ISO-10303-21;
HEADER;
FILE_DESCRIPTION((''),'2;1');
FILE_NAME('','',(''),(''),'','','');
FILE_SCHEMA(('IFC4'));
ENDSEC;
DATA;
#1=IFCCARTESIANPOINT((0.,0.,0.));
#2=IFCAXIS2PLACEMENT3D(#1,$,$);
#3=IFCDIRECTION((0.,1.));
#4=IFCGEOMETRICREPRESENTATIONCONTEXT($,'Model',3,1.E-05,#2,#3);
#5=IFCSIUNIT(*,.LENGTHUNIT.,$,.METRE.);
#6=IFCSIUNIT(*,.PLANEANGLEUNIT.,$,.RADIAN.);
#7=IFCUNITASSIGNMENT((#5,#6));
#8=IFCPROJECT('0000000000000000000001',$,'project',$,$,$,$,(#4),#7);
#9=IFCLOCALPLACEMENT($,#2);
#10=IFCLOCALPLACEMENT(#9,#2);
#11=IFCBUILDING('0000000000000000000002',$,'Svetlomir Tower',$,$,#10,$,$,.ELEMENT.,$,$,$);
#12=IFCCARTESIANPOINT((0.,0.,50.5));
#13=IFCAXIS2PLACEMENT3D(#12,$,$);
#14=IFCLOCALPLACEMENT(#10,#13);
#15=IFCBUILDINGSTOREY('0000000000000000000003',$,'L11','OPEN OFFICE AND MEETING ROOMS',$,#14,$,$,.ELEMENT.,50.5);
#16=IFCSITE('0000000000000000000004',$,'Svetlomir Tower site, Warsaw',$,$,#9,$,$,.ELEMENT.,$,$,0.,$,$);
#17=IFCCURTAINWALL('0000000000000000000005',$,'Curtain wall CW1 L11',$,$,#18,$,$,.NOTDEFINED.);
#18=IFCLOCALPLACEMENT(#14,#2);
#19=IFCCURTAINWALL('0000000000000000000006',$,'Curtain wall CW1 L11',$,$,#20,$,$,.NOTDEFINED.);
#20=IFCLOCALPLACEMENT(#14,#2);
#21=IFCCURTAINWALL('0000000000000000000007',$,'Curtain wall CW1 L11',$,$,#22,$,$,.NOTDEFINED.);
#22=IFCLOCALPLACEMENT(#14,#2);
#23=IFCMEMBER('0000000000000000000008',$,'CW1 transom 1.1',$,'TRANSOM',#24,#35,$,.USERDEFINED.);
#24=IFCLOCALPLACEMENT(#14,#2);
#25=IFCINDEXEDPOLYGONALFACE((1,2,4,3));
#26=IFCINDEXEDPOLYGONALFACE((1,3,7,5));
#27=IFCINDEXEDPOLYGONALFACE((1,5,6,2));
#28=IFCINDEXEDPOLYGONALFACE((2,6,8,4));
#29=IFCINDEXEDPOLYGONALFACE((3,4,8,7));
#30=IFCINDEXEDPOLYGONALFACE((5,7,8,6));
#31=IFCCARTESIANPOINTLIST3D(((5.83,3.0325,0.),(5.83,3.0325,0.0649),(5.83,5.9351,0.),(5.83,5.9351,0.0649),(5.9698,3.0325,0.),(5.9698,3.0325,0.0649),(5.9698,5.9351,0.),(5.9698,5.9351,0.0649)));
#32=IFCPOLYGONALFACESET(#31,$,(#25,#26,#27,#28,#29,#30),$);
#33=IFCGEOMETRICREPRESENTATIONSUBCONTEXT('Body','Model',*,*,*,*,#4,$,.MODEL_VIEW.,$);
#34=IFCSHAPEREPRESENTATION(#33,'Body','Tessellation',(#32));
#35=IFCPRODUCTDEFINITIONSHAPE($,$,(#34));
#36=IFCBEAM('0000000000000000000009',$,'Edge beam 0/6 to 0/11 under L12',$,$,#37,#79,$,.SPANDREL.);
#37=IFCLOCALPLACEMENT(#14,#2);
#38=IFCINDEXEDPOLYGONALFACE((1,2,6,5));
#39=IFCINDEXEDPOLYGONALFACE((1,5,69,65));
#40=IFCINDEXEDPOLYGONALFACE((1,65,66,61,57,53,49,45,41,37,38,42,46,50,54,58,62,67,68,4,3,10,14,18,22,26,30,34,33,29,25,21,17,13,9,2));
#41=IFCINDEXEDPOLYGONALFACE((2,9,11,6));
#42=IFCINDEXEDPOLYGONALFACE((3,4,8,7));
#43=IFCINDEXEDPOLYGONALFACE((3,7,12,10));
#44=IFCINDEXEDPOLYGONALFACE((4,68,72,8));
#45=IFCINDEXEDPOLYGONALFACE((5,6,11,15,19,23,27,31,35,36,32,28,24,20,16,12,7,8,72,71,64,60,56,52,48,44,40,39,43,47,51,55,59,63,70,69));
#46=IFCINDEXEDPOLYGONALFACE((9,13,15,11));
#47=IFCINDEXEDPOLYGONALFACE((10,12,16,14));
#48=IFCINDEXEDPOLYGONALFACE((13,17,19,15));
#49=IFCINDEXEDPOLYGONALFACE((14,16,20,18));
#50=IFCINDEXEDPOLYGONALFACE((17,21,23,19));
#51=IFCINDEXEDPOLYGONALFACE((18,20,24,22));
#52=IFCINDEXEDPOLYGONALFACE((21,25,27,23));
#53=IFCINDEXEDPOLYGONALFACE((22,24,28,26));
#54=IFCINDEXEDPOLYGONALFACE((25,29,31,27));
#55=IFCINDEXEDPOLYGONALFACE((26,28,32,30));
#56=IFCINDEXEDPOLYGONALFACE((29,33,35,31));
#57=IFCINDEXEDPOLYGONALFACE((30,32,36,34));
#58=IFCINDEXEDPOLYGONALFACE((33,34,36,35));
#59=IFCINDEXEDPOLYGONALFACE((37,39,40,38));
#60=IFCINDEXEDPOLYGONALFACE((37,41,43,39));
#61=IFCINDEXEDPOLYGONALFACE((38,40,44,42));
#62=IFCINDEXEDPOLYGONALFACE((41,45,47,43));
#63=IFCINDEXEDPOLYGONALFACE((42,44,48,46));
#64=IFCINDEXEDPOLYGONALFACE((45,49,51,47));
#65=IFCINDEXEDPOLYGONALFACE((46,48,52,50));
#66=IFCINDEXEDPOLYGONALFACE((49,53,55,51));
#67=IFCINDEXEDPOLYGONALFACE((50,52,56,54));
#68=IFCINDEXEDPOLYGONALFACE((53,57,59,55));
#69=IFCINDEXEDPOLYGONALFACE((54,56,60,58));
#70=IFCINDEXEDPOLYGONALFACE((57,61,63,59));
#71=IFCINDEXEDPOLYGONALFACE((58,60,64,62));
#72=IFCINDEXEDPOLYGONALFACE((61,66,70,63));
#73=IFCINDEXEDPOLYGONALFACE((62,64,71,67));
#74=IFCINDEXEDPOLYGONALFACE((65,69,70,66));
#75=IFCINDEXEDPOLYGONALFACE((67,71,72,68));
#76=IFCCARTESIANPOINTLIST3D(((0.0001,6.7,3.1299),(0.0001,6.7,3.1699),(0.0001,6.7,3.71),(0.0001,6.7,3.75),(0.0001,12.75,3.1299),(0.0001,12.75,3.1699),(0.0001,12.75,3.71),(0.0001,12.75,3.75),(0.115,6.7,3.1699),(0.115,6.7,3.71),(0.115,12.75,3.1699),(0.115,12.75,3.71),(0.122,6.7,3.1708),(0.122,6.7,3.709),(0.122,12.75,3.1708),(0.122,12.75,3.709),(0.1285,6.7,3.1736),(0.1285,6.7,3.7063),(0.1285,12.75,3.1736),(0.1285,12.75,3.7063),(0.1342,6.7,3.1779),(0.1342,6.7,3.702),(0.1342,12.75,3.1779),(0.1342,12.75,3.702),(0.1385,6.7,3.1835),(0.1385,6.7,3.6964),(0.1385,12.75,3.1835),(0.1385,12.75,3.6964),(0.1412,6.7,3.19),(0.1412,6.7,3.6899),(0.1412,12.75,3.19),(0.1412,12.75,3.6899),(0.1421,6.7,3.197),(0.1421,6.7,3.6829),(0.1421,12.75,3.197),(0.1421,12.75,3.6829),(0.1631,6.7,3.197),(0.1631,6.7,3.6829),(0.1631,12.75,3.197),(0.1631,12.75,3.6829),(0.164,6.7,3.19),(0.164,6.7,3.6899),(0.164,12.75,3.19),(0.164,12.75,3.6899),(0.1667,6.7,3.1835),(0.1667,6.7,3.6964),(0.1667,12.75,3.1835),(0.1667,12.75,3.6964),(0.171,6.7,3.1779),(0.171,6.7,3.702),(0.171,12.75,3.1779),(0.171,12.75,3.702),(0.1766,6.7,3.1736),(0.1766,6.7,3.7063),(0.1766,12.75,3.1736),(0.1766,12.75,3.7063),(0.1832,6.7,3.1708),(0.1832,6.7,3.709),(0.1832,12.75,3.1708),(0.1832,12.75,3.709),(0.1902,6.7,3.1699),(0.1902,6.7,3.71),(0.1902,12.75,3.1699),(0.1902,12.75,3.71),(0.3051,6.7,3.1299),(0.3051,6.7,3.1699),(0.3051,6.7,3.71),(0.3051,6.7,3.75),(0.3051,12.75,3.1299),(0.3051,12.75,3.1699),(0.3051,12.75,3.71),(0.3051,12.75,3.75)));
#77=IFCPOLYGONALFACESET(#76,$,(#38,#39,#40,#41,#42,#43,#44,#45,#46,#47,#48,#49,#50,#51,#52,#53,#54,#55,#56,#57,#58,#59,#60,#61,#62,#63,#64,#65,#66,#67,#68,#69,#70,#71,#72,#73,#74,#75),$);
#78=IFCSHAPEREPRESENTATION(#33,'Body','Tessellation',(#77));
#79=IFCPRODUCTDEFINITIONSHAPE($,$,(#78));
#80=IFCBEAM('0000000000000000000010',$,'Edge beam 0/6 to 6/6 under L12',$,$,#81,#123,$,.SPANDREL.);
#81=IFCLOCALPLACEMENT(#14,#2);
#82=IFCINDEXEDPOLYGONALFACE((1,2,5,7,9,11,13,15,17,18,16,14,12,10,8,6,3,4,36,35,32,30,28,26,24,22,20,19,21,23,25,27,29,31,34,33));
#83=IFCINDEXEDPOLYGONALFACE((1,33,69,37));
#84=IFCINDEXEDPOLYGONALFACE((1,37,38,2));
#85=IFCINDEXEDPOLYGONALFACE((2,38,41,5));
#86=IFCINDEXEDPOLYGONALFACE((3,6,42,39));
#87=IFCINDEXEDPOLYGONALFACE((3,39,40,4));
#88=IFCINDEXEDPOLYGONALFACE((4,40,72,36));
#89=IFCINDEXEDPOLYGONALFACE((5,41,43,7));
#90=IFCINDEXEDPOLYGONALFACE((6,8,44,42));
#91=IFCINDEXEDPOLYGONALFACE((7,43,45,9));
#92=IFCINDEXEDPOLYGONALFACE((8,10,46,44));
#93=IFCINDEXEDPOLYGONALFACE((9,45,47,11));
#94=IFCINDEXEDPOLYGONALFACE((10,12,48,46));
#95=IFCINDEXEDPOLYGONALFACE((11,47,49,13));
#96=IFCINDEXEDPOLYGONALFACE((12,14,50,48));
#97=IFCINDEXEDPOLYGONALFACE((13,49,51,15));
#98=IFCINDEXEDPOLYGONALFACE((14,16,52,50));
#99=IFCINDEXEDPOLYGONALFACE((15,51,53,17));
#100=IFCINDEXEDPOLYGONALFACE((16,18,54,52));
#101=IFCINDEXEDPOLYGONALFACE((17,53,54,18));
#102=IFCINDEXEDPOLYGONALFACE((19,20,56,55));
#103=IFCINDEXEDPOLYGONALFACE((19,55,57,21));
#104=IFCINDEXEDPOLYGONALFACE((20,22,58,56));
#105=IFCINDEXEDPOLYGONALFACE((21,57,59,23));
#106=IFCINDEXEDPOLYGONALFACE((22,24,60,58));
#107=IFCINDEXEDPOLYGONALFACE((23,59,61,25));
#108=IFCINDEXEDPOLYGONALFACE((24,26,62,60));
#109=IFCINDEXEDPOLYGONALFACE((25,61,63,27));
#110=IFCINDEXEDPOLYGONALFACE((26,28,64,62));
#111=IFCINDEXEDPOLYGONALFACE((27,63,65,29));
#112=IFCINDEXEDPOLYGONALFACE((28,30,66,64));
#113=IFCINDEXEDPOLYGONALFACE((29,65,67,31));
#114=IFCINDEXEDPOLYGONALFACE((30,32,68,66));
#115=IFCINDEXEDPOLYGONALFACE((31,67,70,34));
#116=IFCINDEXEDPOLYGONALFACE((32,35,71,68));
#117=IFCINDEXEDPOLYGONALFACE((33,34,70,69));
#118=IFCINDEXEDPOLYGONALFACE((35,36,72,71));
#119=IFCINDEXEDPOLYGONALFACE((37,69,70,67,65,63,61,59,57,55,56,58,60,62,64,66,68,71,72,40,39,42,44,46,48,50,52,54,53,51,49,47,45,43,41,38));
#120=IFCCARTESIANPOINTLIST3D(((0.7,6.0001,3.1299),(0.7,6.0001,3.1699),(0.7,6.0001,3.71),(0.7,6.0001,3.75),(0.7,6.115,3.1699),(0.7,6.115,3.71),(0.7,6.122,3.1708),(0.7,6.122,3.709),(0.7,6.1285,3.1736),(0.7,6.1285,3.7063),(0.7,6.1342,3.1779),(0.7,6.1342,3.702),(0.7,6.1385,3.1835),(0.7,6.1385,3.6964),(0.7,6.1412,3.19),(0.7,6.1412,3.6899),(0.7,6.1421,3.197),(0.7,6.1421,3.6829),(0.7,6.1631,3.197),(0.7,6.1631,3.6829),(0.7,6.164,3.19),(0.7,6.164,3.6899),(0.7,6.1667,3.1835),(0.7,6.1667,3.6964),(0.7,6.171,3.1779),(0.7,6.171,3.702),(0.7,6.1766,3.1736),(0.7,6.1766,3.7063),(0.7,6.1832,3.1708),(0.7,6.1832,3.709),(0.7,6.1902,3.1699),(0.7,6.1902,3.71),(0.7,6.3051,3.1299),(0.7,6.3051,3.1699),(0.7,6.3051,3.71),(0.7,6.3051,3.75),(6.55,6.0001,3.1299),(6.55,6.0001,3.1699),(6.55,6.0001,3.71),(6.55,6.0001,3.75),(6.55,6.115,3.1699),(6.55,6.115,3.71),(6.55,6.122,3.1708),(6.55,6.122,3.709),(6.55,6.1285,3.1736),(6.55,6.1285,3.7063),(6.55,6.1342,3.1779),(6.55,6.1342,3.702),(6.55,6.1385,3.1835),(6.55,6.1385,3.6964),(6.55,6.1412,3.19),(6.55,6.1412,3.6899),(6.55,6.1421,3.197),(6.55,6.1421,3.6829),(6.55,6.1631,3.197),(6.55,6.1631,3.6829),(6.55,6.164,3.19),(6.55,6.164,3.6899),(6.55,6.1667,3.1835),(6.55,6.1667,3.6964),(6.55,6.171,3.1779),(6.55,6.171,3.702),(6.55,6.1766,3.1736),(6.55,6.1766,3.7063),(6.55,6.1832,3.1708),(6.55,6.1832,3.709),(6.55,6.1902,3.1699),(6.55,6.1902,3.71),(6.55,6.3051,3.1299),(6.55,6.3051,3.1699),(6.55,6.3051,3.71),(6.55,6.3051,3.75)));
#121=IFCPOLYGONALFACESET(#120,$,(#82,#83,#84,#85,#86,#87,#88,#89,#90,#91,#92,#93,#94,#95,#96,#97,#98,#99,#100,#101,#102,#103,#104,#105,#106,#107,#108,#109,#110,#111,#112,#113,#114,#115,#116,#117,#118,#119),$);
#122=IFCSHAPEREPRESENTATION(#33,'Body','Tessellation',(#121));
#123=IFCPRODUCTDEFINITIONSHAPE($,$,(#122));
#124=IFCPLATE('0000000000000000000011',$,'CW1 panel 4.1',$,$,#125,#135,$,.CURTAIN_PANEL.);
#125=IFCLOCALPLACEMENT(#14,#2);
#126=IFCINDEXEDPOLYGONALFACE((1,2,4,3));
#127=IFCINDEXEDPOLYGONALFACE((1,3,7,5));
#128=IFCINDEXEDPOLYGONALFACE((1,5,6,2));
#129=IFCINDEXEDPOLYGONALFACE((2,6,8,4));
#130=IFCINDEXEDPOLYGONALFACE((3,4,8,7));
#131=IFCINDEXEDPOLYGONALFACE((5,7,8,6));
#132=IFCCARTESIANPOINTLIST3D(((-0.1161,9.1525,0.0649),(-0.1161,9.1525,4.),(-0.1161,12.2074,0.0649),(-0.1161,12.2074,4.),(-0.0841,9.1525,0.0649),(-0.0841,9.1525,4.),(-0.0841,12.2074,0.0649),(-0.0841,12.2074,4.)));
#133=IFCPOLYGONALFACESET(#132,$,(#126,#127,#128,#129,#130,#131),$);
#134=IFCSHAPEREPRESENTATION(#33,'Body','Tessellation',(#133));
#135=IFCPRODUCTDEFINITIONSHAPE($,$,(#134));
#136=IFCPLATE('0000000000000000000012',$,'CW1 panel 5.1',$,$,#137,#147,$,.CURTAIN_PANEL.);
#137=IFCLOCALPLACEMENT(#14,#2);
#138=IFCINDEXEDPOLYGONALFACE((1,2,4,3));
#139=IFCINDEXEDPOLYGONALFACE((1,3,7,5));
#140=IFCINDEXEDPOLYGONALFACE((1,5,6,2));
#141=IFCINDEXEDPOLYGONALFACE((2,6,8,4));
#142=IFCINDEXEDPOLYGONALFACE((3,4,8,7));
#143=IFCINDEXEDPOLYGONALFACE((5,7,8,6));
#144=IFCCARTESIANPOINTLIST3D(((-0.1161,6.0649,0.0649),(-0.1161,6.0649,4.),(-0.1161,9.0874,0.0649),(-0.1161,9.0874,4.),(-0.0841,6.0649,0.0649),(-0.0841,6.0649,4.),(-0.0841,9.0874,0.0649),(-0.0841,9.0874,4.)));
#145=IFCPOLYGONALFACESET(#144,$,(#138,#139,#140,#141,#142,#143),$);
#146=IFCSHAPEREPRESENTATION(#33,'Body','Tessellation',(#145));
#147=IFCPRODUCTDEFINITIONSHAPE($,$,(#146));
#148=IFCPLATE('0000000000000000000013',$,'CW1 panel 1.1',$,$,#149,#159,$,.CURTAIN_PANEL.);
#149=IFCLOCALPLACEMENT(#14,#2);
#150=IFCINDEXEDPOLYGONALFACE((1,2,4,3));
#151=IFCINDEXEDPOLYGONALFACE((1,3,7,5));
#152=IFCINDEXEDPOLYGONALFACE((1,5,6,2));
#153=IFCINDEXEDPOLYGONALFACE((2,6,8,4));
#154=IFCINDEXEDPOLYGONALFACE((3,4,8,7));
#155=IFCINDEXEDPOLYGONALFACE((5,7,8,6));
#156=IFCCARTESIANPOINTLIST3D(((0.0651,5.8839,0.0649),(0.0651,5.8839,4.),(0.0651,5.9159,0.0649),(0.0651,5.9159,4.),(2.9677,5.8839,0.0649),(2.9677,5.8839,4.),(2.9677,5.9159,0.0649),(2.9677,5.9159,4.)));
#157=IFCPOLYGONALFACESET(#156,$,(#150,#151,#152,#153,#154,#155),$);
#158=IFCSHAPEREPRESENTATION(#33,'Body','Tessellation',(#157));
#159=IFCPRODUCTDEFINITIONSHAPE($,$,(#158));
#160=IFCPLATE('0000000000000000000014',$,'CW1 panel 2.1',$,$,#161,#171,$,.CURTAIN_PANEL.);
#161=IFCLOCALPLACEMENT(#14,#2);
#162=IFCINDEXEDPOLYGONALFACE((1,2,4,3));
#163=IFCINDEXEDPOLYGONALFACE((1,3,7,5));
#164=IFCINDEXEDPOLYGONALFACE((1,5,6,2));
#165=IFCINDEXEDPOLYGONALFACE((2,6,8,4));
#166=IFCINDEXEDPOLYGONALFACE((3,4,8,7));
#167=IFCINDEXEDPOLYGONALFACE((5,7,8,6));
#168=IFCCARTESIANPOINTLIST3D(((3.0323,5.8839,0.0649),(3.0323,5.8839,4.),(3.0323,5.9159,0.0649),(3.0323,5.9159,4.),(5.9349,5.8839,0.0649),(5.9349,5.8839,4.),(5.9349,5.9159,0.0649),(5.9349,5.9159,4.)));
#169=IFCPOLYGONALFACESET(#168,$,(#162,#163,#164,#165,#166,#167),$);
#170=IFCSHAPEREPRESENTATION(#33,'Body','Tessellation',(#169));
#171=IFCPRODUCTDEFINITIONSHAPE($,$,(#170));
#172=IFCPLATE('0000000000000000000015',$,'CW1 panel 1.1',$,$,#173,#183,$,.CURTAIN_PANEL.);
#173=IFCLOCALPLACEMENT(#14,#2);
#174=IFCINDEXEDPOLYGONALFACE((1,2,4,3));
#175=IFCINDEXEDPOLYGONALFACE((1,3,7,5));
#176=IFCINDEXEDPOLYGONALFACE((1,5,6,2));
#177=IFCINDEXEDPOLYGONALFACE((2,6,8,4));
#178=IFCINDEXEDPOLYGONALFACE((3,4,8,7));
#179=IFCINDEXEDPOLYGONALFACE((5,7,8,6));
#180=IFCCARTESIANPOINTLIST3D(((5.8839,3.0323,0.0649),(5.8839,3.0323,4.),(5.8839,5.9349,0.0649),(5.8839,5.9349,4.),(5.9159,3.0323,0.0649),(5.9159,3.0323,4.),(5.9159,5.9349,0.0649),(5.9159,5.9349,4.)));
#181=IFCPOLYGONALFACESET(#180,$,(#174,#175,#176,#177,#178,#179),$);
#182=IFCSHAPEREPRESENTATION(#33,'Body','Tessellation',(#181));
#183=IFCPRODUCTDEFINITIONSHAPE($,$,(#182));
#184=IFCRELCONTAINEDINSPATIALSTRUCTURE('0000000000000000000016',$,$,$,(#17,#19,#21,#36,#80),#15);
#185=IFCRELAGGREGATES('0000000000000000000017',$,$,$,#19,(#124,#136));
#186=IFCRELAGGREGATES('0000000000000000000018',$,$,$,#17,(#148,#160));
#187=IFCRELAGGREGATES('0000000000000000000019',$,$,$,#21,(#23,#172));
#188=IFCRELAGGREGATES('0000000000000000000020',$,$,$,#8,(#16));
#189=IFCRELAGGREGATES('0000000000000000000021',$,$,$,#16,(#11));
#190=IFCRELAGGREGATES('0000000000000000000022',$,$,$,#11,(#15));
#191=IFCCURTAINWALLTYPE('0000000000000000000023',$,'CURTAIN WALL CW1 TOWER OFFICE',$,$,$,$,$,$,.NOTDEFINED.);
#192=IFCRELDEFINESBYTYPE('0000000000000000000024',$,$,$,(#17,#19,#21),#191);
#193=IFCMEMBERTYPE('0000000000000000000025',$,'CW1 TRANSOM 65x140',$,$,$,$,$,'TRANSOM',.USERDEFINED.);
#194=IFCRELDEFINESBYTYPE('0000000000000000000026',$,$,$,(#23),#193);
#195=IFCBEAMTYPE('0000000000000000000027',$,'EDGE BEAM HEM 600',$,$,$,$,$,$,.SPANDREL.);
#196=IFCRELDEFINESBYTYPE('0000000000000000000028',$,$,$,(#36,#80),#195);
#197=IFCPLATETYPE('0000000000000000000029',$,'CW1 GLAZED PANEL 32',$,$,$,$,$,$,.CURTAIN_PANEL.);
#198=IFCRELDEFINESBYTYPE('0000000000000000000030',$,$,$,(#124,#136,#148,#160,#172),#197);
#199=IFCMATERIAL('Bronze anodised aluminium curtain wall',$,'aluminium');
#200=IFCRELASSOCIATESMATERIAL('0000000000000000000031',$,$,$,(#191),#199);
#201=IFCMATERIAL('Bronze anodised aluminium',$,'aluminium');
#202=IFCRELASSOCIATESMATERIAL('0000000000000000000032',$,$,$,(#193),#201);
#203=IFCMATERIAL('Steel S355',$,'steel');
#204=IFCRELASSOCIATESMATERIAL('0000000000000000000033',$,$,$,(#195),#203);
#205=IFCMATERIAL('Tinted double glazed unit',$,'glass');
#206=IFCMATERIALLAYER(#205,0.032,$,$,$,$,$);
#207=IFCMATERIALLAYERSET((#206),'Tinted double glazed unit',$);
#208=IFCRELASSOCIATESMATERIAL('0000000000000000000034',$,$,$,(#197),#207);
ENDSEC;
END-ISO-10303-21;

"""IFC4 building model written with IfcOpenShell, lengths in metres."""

from ifc_helpers import new_model, si_unit, direction, frame, origin, origin_2d, place, context, subcontext, project, spatial, rectangle, i_section, extrude, material, layer, layer_set, material_profile, profile_set, type_object, element, aggregate, save


model = new_model("IFC4")

# Units and contexts
model_context = context("Model", 3, precision=1e-05, world=origin(), true_north=direction((0.0, 1.0)))
body_context = subcontext(model_context, "Body", "Model", "MODEL_VIEW")
ifc_project = project(units=[si_unit("LENGTHUNIT", "METRE"), si_unit("PLANEANGLEUNIT", "RADIAN")], contexts=[model_context])

# Site, building, storey
site_placement = place(None, origin())
site = spatial("IfcSite", under=ifc_project, at=site_placement, Name="Svetlomir Tower site, Warsaw", CompositionType="ELEMENT", RefElevation=0.0)
building_placement = place(site_placement, origin())
building = spatial("IfcBuilding", under=site, at=building_placement, Name="Svetlomir Tower", CompositionType="ELEMENT")
storey_placement = place(building_placement, frame((0.0, 0.0, 50.5)))
storey = spatial("IfcBuildingStorey", under=building, at=storey_placement, Name="L11", Description="OPEN OFFICE AND MEETING ROOMS", CompositionType="ELEMENT", Elevation=50.5)

# Curtain wall
ifc_material_1 = material(Name="Bronze anodised aluminium curtain wall", Category="aluminium")
curtain_wall_type = type_object("IfcCurtainWallType", Name="CURTAIN WALL CW1 TOWER OFFICE", PredefinedType="NOTDEFINED", material=ifc_material_1)
curtain_wall_1_placement = place(storey_placement, origin())
curtain_wall_1 = element("IfcCurtainWall", 1, at=curtain_wall_1_placement, inside=storey, type_object=curtain_wall_type, Name="Curtain wall CW1 L11", PredefinedType="NOTDEFINED")

# Curtain wall
curtain_wall_2_placement = place(storey_placement, origin())
curtain_wall_2 = element("IfcCurtainWall", 2, at=curtain_wall_2_placement, inside=storey, type_object=curtain_wall_type, Name="Curtain wall CW1 L11", PredefinedType="NOTDEFINED")

# Curtain wall
curtain_wall_3_placement = place(storey_placement, origin())
curtain_wall_3 = element("IfcCurtainWall", 3, at=curtain_wall_3_placement, inside=storey, type_object=curtain_wall_type, Name="Curtain wall CW1 L11", PredefinedType="NOTDEFINED")

# Member
ifc_material_2 = material(Name="Bronze anodised aluminium", Category="aluminium")
ifc_material_profile_1 = material_profile(ifc_material_2, rectangle(XDim=0.1399, YDim=0.0649, at=origin_2d()), Name="AL 140x65")
ifc_profile_set_1 = profile_set([ifc_material_profile_1], Name="Bronze anodised aluminium 6063-T6")
member_type_1 = type_object("IfcMemberType", Name="CW1 TRANSOM 65x140", ElementType="TRANSOM", PredefinedType="USERDEFINED", material=ifc_profile_set_1)
member_1_placement = place(storey_placement, frame((5.8999, 5.9351, 0.0325), z_axis=(0.0, -1.0, 0.0), x_axis=(1.0, 0.0, 0.0)))
member_1 = element("IfcMember", 4, at=member_1_placement, type_object=member_type_1, Name="CW1 transom 1.1", ObjectType="TRANSOM", PredefinedType="USERDEFINED", context=body_context, shape_type="SweptSolid", body=[
    extrude(rectangle(XDim=0.1399, YDim=0.0649, at=origin_2d()), origin(), (0.0, 0.0, 1.0), 2.9026),
])

# Beams
ifc_material_3 = material(Name="Steel S355", Category="steel")
ifc_material_profile_2 = material_profile(ifc_material_3, i_section(OverallWidth=0.3049, OverallDepth=0.6201, WebThickness=0.021, FlangeThickness=0.04, FilletRadius=0.0271, at=origin_2d()), Name="HEM 600")
ifc_profile_set_2 = profile_set([ifc_material_profile_2], Name="Steel S355")
beam_type = type_object("IfcBeamType", Name="EDGE BEAM HEM 600", PredefinedType="SPANDREL", material=ifc_profile_set_2)
beam_1_placement = place(storey_placement, frame((0.1526, 6.7, 3.4399), z_axis=(0.0, 1.0, 0.0), x_axis=(-1.0, 0.0, 0.0)))
element("IfcBeam", 5, at=beam_1_placement, inside=storey, type_object=beam_type, Name="Edge beam 0/6 to 0/11 under L12", PredefinedType="SPANDREL", context=body_context, shape_type="SweptSolid", body=[
    extrude(i_section(OverallWidth=0.3049, OverallDepth=0.6201, WebThickness=0.021, FlangeThickness=0.04, FilletRadius=0.0271, at=origin_2d()), origin(), (0.0, 0.0, 1.0), 6.05),
])
beam_2_placement = place(storey_placement, frame((0.7, 6.1526, 3.4399), z_axis=(1.0, 0.0, 0.0), x_axis=(0.0, 1.0, 0.0)))
element("IfcBeam", 6, at=beam_2_placement, inside=storey, type_object=beam_type, Name="Edge beam 0/6 to 6/6 under L12", PredefinedType="SPANDREL", context=body_context, shape_type="SweptSolid", body=[
    extrude(i_section(OverallWidth=0.3049, OverallDepth=0.6201, WebThickness=0.021, FlangeThickness=0.04, FilletRadius=0.0271, at=origin_2d()), origin(), (0.0, 0.0, 1.0), 5.8501),
])

# Plates
ifc_material_4 = material(Name="Tinted double glazed unit", Category="glass")
ifc_layer_1 = layer(ifc_material_4, 0.032)
ifc_layer_set_1 = layer_set([ifc_layer_1], Name="Tinted double glazed unit")
plate_type = type_object("IfcPlateType", Name="CW1 GLAZED PANEL 32", PredefinedType="CURTAIN_PANEL", material=ifc_layer_set_1)
plate_1_placement = place(storey_placement, frame((-0.1001, 10.6799, 0.0649), z_axis=(0.0, 0.0, 1.0), x_axis=(0.0, -1.0, 0.0)))
plate_1 = element("IfcPlate", 7, at=plate_1_placement, type_object=plate_type, Name="CW1 panel 4.1", PredefinedType="CURTAIN_PANEL", context=body_context, shape_type="SweptSolid", body=[
    extrude(rectangle(XDim=3.0549, YDim=0.032, at=origin_2d()), origin(), (0.0, 0.0, 1.0), 3.9351),
])
plate_2_placement = place(storey_placement, frame((-0.1001, 7.5762, 0.0649), z_axis=(0.0, 0.0, 1.0), x_axis=(0.0, -1.0, 0.0)))
plate_2 = element("IfcPlate", 8, at=plate_2_placement, type_object=plate_type, Name="CW1 panel 5.1", PredefinedType="CURTAIN_PANEL", context=body_context, shape_type="SweptSolid", body=[
    extrude(rectangle(XDim=3.0225, YDim=0.032, at=origin_2d()), origin(), (0.0, 0.0, 1.0), 3.9351),
])
aggregate(curtain_wall_2, [plate_1, plate_2])
plate_3_placement = place(storey_placement, frame((1.5164, 5.8999, 0.0649), z_axis=(0.0, 0.0, 1.0), x_axis=(1.0, 0.0, 0.0)))
plate_3 = element("IfcPlate", 9, at=plate_3_placement, type_object=plate_type, Name="CW1 panel 1.1", PredefinedType="CURTAIN_PANEL", context=body_context, shape_type="SweptSolid", body=[
    extrude(rectangle(XDim=2.9026, YDim=0.032, at=origin_2d()), origin(), (0.0, 0.0, 1.0), 3.9351),
])
plate_4_placement = place(storey_placement, frame((4.4836, 5.8999, 0.0649), z_axis=(0.0, 0.0, 1.0), x_axis=(1.0, 0.0, 0.0)))
plate_4 = element("IfcPlate", 10, at=plate_4_placement, type_object=plate_type, Name="CW1 panel 2.1", PredefinedType="CURTAIN_PANEL", context=body_context, shape_type="SweptSolid", body=[
    extrude(rectangle(XDim=2.9026, YDim=0.032, at=origin_2d()), origin(), (0.0, 0.0, 1.0), 3.9351),
])
aggregate(curtain_wall_1, [plate_3, plate_4])
plate_5_placement = place(storey_placement, frame((5.8999, 4.4836, 0.0649), z_axis=(0.0, 0.0, 1.0), x_axis=(0.0, -1.0, 0.0)))
plate_5 = element("IfcPlate", 11, at=plate_5_placement, type_object=plate_type, Name="CW1 panel 1.1", PredefinedType="CURTAIN_PANEL", context=body_context, shape_type="SweptSolid", body=[
    extrude(rectangle(XDim=2.9026, YDim=0.032, at=origin_2d()), origin(), (0.0, 0.0, 1.0), 3.9351),
])
aggregate(curtain_wall_3, [member_1, plate_5])

save(model, "model.ifc")
